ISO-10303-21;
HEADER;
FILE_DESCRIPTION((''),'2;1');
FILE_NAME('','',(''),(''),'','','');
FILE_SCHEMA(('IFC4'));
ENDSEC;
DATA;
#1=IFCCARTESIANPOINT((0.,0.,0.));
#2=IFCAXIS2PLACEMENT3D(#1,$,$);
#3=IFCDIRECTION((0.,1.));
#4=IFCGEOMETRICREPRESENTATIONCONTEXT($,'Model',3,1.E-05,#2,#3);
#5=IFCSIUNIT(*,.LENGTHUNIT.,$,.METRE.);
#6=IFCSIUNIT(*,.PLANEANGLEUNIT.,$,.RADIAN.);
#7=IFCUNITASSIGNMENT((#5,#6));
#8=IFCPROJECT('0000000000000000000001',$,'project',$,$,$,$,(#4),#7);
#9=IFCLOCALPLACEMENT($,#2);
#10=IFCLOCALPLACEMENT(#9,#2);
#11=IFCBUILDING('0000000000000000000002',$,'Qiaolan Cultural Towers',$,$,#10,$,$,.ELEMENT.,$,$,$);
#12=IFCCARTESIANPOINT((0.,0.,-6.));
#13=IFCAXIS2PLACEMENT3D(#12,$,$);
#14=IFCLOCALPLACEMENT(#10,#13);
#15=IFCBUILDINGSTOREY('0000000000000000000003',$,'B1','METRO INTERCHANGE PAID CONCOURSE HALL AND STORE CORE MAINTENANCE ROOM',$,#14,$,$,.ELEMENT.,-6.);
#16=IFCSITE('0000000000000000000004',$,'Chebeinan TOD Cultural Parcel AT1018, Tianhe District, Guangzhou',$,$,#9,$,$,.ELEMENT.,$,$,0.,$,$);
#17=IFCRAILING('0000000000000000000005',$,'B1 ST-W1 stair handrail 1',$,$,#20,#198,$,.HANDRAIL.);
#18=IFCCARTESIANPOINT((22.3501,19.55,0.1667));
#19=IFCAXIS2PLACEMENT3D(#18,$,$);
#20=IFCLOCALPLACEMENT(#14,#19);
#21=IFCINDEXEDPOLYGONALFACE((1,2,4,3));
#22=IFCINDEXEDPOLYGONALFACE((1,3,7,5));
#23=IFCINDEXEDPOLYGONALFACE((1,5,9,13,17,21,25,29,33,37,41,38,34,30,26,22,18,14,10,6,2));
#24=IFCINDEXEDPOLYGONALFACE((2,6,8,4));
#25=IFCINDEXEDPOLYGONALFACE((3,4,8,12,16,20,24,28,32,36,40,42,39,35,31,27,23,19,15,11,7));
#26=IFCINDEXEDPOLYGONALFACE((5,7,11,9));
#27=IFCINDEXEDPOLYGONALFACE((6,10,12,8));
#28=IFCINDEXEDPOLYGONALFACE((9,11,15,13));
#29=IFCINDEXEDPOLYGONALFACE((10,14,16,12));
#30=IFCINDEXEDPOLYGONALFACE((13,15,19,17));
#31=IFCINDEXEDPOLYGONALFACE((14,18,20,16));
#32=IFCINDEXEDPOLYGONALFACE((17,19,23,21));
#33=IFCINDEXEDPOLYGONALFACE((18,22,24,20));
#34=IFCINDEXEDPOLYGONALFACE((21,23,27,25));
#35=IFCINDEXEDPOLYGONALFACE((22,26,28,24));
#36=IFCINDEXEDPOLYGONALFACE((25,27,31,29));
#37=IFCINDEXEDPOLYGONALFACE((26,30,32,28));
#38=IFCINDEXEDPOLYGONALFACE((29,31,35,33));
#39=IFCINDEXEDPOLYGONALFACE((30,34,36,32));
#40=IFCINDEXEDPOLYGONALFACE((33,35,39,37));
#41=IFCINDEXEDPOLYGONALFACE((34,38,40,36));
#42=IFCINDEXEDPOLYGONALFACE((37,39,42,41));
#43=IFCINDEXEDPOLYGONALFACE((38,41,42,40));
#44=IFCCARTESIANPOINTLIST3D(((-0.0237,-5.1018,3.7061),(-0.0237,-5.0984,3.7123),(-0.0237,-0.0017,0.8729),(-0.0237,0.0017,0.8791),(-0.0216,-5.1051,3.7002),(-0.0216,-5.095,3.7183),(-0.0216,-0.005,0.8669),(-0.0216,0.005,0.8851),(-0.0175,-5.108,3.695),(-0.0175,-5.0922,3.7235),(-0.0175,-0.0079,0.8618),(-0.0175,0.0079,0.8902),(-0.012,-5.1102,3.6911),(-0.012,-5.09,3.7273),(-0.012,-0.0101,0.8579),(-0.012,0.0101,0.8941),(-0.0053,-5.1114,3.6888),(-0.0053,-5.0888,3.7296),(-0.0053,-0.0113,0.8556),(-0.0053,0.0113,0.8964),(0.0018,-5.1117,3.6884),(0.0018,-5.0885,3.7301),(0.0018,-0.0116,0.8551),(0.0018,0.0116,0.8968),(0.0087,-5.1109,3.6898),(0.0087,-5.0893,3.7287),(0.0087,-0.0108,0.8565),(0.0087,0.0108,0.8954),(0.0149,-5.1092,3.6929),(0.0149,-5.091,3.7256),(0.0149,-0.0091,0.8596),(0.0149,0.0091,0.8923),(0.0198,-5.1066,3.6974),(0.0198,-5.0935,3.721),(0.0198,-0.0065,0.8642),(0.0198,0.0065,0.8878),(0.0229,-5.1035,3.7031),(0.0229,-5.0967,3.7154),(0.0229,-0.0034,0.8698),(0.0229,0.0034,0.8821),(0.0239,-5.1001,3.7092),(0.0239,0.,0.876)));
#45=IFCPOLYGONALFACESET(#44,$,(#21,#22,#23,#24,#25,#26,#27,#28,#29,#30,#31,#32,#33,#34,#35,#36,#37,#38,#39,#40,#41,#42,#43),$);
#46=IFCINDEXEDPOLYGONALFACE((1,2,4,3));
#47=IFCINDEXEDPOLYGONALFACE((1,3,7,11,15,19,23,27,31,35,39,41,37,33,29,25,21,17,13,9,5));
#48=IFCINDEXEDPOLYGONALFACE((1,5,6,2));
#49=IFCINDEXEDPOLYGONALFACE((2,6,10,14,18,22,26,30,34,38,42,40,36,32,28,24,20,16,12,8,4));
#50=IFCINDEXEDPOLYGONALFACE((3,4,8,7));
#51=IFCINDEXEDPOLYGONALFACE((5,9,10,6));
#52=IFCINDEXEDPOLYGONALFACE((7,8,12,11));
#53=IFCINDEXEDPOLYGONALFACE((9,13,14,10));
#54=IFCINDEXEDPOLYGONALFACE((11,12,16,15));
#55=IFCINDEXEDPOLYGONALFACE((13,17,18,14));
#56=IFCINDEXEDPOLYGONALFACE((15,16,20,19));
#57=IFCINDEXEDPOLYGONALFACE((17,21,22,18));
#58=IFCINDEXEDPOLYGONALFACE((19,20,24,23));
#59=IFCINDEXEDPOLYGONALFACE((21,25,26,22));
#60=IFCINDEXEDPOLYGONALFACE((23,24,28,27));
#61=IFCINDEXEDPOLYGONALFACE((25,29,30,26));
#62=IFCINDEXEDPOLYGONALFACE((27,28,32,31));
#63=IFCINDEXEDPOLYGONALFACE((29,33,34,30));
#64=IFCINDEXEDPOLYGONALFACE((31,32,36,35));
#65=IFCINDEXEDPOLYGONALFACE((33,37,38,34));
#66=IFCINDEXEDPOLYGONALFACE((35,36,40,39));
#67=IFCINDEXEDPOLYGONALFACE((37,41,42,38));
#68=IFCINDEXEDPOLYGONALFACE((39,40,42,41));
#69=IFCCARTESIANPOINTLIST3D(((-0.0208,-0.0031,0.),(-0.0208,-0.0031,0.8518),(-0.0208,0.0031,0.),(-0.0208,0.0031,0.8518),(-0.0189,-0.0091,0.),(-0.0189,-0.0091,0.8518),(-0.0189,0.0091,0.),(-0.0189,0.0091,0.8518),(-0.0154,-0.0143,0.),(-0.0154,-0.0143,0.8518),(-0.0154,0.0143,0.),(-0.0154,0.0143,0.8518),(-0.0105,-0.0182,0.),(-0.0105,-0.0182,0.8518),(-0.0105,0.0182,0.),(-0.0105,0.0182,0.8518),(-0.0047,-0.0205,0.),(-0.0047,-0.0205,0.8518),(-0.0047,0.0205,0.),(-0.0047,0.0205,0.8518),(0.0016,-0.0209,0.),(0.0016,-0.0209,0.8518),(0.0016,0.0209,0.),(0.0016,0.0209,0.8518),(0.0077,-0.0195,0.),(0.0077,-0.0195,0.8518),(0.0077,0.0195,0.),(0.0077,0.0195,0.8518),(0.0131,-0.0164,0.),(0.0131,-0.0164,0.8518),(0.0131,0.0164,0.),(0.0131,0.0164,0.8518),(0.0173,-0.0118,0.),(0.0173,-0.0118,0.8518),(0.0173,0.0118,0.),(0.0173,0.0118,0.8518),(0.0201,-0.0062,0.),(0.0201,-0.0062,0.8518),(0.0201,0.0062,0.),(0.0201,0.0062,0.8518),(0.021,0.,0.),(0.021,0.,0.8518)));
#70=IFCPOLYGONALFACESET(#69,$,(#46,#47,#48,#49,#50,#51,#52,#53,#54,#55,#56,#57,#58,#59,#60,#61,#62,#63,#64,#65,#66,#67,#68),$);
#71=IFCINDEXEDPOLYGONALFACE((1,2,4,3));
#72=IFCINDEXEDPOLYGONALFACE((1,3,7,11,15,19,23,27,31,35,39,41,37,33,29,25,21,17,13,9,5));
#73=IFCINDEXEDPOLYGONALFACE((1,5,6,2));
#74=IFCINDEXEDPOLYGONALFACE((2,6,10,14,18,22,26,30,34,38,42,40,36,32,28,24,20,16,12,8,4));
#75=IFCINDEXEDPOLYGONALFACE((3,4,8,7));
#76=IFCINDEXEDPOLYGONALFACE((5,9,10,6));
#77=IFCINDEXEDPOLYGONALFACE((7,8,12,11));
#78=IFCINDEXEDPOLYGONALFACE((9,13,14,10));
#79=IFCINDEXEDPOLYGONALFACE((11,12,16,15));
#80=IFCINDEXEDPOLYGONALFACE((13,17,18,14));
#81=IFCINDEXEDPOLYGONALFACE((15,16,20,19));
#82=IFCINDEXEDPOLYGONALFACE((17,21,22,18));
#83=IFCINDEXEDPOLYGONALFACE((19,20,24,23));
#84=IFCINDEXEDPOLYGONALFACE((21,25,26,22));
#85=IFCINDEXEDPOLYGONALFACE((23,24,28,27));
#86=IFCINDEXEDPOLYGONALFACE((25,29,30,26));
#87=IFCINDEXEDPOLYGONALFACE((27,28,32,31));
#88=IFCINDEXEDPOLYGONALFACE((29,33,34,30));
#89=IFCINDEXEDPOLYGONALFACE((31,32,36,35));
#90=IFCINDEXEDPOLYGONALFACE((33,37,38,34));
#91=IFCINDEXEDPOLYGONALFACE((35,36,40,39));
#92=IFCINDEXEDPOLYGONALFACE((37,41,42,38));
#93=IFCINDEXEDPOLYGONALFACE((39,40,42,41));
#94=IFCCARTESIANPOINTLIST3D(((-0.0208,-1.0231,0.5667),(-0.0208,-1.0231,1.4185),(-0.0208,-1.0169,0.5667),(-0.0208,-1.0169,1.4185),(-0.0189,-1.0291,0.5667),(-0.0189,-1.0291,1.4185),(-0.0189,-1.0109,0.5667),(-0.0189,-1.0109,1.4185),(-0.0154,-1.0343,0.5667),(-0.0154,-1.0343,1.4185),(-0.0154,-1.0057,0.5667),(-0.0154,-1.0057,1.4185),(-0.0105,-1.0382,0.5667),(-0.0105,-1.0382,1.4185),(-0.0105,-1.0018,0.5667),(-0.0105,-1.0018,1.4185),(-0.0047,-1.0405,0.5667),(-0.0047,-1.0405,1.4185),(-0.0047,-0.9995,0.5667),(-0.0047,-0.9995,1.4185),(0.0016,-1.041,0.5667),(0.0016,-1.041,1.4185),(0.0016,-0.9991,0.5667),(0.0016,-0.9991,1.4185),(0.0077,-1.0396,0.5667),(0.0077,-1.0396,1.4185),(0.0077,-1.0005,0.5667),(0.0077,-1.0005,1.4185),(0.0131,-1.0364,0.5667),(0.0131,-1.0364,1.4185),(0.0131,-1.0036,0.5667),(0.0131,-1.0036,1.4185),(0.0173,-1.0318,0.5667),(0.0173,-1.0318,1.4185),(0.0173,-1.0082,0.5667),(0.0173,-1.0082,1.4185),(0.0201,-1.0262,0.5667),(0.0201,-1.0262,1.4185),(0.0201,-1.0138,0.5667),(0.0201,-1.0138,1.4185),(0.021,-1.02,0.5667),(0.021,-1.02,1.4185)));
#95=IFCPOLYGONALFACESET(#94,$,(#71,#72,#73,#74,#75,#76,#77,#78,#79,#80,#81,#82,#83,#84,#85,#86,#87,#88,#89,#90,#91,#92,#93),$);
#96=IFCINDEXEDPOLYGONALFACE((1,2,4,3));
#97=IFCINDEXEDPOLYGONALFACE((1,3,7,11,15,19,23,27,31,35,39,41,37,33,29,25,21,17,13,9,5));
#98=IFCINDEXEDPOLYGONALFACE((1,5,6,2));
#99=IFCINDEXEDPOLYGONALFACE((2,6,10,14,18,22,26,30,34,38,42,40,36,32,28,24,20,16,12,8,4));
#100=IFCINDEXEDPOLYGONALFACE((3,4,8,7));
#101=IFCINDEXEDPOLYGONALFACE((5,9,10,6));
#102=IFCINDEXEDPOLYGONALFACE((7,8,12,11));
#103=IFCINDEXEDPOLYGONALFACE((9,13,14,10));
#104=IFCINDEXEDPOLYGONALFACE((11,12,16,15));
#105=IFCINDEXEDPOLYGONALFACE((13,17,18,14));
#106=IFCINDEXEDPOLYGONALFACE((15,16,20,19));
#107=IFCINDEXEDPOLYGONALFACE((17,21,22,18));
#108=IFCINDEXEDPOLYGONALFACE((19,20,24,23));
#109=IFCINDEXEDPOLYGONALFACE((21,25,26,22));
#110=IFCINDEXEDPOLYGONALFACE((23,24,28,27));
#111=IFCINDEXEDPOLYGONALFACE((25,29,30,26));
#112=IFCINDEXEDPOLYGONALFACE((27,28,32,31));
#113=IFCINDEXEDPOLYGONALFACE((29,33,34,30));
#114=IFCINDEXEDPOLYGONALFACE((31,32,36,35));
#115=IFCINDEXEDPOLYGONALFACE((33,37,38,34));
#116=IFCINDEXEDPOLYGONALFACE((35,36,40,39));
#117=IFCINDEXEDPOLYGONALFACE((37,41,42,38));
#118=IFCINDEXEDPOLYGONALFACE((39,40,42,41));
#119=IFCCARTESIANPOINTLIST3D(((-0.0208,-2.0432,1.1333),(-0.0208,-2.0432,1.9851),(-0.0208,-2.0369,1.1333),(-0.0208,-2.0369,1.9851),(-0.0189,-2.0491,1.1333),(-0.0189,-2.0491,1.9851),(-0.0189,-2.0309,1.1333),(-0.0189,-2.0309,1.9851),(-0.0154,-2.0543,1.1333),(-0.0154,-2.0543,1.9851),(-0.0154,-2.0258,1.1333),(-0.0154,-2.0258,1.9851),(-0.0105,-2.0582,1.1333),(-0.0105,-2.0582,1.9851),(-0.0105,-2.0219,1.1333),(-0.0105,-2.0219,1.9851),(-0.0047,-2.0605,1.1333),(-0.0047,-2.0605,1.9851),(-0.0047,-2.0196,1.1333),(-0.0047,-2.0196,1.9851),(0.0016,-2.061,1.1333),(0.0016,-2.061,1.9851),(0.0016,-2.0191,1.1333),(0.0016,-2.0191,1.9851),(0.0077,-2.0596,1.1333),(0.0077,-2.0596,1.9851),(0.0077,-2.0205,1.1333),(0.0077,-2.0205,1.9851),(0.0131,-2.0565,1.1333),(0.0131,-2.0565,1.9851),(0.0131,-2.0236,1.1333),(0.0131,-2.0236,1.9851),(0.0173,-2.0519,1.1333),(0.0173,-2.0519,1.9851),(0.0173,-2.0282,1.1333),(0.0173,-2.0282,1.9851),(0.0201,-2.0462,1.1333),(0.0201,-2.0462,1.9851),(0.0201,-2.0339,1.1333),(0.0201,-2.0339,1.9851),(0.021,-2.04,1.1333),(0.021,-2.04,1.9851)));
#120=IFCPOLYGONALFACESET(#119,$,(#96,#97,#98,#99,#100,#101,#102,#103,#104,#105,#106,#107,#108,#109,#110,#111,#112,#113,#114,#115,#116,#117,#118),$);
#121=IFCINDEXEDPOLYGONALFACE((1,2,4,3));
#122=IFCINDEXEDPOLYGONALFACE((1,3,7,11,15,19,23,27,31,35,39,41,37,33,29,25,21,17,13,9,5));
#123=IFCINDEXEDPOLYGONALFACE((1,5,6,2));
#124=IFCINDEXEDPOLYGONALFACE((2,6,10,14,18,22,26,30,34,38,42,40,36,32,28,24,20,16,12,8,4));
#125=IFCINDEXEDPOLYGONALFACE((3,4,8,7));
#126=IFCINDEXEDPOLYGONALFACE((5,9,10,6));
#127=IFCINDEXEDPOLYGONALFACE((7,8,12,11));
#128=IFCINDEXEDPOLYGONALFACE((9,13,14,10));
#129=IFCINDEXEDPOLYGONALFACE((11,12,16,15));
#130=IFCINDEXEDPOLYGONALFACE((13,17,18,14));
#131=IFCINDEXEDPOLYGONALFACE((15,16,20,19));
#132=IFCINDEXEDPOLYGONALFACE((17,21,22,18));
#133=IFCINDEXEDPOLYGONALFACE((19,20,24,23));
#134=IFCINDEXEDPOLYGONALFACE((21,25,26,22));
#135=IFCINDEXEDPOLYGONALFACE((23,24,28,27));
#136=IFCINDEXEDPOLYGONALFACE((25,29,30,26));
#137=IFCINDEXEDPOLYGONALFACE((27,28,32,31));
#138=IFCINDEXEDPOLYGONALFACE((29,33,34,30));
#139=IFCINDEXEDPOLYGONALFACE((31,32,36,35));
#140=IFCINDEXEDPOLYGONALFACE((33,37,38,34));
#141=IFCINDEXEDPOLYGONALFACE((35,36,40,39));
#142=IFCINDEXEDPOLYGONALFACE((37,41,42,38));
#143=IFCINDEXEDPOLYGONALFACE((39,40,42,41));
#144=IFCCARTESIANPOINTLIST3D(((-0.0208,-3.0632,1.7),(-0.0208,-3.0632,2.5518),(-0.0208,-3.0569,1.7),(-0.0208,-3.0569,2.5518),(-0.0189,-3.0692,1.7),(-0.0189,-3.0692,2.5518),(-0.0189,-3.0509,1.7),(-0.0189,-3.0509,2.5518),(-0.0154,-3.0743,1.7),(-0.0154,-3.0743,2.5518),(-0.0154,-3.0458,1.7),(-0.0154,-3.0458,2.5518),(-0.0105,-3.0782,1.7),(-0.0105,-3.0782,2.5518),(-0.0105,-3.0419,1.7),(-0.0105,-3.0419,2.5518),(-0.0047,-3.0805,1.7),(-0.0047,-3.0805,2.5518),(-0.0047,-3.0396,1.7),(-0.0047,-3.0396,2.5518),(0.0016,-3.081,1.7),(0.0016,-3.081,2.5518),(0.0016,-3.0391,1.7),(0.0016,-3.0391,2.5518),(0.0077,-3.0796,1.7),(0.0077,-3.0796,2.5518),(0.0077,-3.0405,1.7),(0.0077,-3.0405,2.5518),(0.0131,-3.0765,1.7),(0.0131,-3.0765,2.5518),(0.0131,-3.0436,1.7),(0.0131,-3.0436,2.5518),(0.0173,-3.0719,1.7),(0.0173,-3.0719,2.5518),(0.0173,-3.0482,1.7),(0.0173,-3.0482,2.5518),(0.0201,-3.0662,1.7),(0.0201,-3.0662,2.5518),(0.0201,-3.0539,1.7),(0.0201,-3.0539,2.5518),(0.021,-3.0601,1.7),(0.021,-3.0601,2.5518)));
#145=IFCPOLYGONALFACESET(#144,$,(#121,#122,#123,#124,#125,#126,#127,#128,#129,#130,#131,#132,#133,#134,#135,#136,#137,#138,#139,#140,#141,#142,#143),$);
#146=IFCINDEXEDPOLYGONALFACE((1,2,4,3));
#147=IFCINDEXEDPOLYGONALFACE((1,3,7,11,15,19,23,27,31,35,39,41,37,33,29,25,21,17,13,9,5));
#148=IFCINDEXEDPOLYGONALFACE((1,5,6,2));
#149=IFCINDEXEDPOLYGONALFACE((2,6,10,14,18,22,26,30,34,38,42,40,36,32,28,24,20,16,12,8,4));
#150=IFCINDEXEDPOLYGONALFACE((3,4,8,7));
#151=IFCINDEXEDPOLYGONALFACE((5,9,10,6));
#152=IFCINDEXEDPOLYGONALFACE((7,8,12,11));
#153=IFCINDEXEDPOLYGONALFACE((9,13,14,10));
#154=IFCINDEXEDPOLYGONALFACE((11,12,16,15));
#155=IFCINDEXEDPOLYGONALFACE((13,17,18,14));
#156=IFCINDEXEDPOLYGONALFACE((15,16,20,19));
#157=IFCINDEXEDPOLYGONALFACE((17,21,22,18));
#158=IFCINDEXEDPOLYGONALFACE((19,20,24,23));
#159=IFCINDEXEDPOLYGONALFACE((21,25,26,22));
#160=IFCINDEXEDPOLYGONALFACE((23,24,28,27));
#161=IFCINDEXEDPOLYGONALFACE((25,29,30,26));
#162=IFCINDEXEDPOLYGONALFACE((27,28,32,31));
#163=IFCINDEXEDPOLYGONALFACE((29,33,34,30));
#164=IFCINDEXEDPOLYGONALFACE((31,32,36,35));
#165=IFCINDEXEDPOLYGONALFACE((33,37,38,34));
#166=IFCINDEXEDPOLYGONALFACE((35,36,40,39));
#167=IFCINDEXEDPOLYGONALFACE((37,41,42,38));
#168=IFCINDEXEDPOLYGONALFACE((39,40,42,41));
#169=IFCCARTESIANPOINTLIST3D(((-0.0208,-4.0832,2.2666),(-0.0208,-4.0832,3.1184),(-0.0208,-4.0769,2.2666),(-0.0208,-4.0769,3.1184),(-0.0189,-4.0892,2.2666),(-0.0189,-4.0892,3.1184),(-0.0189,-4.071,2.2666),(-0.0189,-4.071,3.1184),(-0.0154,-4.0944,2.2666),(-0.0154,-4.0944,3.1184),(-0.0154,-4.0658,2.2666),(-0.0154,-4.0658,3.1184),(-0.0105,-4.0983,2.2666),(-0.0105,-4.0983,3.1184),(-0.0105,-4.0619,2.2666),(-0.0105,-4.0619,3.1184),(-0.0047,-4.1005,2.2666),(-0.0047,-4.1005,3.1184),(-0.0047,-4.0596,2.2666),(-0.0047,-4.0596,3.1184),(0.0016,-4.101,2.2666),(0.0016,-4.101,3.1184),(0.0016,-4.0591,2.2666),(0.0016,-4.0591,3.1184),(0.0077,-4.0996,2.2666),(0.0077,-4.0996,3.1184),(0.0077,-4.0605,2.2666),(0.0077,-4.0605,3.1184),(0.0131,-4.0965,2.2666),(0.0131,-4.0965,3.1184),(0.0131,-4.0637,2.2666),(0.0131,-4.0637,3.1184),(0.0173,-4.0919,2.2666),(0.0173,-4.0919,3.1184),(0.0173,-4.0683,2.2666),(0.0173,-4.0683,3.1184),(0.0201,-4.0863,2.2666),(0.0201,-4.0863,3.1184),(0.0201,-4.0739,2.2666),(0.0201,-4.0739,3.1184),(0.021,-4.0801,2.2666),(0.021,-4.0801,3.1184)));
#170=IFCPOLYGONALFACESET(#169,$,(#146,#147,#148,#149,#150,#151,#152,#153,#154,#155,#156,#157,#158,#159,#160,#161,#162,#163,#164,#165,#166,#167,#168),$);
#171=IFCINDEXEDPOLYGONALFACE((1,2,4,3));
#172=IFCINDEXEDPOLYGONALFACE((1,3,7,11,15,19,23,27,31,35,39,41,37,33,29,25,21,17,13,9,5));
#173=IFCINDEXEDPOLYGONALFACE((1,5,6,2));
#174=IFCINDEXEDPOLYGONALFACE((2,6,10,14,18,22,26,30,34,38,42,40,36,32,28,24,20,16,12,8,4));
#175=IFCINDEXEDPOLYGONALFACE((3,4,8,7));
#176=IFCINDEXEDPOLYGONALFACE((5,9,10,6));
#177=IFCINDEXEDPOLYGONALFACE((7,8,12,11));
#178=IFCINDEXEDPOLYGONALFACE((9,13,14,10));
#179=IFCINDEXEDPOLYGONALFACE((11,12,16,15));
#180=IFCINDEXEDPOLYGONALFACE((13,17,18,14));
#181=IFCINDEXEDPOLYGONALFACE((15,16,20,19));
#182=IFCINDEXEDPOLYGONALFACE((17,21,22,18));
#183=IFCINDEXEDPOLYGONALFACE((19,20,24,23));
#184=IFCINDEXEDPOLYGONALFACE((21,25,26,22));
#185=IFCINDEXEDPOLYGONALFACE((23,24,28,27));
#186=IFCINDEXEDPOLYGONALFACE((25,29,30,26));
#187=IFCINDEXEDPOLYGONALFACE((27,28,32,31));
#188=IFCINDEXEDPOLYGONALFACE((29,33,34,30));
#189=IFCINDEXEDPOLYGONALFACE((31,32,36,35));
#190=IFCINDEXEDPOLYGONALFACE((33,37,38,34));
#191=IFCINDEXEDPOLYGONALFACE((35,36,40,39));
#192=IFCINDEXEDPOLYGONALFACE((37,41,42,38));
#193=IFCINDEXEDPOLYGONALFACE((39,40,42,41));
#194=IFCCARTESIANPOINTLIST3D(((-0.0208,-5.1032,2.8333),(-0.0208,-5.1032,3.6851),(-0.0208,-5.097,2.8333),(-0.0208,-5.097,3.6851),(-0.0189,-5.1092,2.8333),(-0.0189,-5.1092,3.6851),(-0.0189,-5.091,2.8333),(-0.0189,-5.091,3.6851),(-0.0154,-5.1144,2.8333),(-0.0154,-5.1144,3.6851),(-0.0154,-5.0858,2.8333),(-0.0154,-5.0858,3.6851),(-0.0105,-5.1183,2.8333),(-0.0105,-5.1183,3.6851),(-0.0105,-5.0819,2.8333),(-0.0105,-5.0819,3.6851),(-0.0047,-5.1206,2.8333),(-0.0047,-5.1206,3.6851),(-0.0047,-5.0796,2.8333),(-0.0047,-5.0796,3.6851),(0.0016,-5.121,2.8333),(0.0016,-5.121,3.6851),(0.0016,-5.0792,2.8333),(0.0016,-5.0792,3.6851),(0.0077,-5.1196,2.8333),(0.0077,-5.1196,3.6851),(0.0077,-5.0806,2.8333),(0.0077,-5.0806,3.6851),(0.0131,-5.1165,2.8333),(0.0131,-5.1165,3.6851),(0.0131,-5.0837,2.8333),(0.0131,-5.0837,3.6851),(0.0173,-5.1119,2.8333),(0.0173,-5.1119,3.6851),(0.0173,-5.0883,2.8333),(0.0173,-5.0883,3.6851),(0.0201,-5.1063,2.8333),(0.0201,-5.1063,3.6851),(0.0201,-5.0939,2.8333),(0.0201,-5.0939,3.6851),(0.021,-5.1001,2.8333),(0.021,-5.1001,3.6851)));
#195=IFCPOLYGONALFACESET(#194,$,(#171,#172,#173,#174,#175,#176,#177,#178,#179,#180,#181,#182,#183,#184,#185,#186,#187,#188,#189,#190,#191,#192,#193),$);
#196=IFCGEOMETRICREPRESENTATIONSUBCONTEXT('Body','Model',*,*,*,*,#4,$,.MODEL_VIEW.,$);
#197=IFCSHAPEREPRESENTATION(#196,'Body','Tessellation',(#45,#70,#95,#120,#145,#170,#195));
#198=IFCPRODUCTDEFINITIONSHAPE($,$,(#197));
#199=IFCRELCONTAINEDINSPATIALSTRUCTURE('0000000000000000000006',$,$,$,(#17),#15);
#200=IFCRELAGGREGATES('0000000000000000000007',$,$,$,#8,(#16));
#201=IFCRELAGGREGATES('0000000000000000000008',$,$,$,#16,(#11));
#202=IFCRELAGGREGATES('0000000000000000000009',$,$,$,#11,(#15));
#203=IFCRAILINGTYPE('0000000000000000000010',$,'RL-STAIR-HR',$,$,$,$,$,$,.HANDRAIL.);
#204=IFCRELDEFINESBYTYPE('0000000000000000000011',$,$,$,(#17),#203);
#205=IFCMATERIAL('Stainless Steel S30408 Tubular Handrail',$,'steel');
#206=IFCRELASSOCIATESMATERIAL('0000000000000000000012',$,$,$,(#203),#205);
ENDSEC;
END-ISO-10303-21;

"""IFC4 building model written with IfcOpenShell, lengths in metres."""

from ifc_helpers import new_model, si_unit, direction, frame, origin, origin_2d, place, context, subcontext, project, spatial, circle, extrude, material, type_object, element, save


model = new_model("IFC4")

# Units and contexts
model_context = context("Model", 3, precision=1e-05, world=origin(), true_north=direction((0.0, 1.0)))
body_context = subcontext(model_context, "Body", "Model", "MODEL_VIEW")
ifc_project = project(units=[si_unit("LENGTHUNIT", "METRE"), si_unit("PLANEANGLEUNIT", "RADIAN")], contexts=[model_context])

# Site, building, storey
site_placement = place(None, origin())
site = spatial("IfcSite", under=ifc_project, at=site_placement, Name="Chebeinan TOD Cultural Parcel AT1018, Tianhe District, Guangzhou", CompositionType="ELEMENT", RefElevation=0.0)
building_placement = place(site_placement, origin())
building = spatial("IfcBuilding", under=site, at=building_placement, Name="Qiaolan Cultural Towers", CompositionType="ELEMENT")
storey_placement = place(building_placement, frame((0.0, 0.0, -6.0)))
storey = spatial("IfcBuildingStorey", under=building, at=storey_placement, Name="B1", Description="METRO INTERCHANGE PAID CONCOURSE HALL AND STORE CORE MAINTENANCE ROOM", CompositionType="ELEMENT", Elevation=-6.0)

# Railing
ifc_material_1 = material(Name="Stainless Steel S30408 Tubular Handrail", Category="steel")
railing_type_1 = type_object("IfcRailingType", Name="RL-STAIR-HR", PredefinedType="HANDRAIL", material=ifc_material_1)
railing_1_placement = place(storey_placement, frame((22.3501, 19.55, 0.1667)))
element("IfcRailing", 1, at=railing_1_placement, inside=storey, type_object=railing_type_1, Name="B1 ST-W1 stair handrail 1", PredefinedType="HANDRAIL", context=body_context, shape_type="SweptSolid", body=[
    extrude(circle(Radius=0.0239, at=origin_2d()), frame((0.0, 0.0, 0.876), z_axis=(0.0, -0.874167, 0.485625), x_axis=(1.0, 0.0, 0.0)), (0.0, 0.0, 1.0), 5.8342),
    extrude(circle(Radius=0.021, at=origin_2d()), origin(), (0.0, 0.0, 1.0), 0.8518),
    extrude(circle(Radius=0.021, at=origin_2d()), frame((0.0, -1.02, 0.5667)), (0.0, 0.0, 1.0), 0.8518),
    extrude(circle(Radius=0.021, at=origin_2d()), frame((0.0, -2.04, 1.1333)), (0.0, 0.0, 1.0), 0.8518),
    extrude(circle(Radius=0.021, at=origin_2d()), frame((0.0, -3.0601, 1.7)), (0.0, 0.0, 1.0), 0.8518),
    extrude(circle(Radius=0.021, at=origin_2d()), frame((0.0, -4.0801, 2.2666)), (0.0, 0.0, 1.0), 0.8518),
    extrude(circle(Radius=0.021, at=origin_2d()), frame((0.0, -5.1001, 2.8333)), (0.0, 0.0, 1.0), 0.8518),
])

save(model, "model.ifc")
